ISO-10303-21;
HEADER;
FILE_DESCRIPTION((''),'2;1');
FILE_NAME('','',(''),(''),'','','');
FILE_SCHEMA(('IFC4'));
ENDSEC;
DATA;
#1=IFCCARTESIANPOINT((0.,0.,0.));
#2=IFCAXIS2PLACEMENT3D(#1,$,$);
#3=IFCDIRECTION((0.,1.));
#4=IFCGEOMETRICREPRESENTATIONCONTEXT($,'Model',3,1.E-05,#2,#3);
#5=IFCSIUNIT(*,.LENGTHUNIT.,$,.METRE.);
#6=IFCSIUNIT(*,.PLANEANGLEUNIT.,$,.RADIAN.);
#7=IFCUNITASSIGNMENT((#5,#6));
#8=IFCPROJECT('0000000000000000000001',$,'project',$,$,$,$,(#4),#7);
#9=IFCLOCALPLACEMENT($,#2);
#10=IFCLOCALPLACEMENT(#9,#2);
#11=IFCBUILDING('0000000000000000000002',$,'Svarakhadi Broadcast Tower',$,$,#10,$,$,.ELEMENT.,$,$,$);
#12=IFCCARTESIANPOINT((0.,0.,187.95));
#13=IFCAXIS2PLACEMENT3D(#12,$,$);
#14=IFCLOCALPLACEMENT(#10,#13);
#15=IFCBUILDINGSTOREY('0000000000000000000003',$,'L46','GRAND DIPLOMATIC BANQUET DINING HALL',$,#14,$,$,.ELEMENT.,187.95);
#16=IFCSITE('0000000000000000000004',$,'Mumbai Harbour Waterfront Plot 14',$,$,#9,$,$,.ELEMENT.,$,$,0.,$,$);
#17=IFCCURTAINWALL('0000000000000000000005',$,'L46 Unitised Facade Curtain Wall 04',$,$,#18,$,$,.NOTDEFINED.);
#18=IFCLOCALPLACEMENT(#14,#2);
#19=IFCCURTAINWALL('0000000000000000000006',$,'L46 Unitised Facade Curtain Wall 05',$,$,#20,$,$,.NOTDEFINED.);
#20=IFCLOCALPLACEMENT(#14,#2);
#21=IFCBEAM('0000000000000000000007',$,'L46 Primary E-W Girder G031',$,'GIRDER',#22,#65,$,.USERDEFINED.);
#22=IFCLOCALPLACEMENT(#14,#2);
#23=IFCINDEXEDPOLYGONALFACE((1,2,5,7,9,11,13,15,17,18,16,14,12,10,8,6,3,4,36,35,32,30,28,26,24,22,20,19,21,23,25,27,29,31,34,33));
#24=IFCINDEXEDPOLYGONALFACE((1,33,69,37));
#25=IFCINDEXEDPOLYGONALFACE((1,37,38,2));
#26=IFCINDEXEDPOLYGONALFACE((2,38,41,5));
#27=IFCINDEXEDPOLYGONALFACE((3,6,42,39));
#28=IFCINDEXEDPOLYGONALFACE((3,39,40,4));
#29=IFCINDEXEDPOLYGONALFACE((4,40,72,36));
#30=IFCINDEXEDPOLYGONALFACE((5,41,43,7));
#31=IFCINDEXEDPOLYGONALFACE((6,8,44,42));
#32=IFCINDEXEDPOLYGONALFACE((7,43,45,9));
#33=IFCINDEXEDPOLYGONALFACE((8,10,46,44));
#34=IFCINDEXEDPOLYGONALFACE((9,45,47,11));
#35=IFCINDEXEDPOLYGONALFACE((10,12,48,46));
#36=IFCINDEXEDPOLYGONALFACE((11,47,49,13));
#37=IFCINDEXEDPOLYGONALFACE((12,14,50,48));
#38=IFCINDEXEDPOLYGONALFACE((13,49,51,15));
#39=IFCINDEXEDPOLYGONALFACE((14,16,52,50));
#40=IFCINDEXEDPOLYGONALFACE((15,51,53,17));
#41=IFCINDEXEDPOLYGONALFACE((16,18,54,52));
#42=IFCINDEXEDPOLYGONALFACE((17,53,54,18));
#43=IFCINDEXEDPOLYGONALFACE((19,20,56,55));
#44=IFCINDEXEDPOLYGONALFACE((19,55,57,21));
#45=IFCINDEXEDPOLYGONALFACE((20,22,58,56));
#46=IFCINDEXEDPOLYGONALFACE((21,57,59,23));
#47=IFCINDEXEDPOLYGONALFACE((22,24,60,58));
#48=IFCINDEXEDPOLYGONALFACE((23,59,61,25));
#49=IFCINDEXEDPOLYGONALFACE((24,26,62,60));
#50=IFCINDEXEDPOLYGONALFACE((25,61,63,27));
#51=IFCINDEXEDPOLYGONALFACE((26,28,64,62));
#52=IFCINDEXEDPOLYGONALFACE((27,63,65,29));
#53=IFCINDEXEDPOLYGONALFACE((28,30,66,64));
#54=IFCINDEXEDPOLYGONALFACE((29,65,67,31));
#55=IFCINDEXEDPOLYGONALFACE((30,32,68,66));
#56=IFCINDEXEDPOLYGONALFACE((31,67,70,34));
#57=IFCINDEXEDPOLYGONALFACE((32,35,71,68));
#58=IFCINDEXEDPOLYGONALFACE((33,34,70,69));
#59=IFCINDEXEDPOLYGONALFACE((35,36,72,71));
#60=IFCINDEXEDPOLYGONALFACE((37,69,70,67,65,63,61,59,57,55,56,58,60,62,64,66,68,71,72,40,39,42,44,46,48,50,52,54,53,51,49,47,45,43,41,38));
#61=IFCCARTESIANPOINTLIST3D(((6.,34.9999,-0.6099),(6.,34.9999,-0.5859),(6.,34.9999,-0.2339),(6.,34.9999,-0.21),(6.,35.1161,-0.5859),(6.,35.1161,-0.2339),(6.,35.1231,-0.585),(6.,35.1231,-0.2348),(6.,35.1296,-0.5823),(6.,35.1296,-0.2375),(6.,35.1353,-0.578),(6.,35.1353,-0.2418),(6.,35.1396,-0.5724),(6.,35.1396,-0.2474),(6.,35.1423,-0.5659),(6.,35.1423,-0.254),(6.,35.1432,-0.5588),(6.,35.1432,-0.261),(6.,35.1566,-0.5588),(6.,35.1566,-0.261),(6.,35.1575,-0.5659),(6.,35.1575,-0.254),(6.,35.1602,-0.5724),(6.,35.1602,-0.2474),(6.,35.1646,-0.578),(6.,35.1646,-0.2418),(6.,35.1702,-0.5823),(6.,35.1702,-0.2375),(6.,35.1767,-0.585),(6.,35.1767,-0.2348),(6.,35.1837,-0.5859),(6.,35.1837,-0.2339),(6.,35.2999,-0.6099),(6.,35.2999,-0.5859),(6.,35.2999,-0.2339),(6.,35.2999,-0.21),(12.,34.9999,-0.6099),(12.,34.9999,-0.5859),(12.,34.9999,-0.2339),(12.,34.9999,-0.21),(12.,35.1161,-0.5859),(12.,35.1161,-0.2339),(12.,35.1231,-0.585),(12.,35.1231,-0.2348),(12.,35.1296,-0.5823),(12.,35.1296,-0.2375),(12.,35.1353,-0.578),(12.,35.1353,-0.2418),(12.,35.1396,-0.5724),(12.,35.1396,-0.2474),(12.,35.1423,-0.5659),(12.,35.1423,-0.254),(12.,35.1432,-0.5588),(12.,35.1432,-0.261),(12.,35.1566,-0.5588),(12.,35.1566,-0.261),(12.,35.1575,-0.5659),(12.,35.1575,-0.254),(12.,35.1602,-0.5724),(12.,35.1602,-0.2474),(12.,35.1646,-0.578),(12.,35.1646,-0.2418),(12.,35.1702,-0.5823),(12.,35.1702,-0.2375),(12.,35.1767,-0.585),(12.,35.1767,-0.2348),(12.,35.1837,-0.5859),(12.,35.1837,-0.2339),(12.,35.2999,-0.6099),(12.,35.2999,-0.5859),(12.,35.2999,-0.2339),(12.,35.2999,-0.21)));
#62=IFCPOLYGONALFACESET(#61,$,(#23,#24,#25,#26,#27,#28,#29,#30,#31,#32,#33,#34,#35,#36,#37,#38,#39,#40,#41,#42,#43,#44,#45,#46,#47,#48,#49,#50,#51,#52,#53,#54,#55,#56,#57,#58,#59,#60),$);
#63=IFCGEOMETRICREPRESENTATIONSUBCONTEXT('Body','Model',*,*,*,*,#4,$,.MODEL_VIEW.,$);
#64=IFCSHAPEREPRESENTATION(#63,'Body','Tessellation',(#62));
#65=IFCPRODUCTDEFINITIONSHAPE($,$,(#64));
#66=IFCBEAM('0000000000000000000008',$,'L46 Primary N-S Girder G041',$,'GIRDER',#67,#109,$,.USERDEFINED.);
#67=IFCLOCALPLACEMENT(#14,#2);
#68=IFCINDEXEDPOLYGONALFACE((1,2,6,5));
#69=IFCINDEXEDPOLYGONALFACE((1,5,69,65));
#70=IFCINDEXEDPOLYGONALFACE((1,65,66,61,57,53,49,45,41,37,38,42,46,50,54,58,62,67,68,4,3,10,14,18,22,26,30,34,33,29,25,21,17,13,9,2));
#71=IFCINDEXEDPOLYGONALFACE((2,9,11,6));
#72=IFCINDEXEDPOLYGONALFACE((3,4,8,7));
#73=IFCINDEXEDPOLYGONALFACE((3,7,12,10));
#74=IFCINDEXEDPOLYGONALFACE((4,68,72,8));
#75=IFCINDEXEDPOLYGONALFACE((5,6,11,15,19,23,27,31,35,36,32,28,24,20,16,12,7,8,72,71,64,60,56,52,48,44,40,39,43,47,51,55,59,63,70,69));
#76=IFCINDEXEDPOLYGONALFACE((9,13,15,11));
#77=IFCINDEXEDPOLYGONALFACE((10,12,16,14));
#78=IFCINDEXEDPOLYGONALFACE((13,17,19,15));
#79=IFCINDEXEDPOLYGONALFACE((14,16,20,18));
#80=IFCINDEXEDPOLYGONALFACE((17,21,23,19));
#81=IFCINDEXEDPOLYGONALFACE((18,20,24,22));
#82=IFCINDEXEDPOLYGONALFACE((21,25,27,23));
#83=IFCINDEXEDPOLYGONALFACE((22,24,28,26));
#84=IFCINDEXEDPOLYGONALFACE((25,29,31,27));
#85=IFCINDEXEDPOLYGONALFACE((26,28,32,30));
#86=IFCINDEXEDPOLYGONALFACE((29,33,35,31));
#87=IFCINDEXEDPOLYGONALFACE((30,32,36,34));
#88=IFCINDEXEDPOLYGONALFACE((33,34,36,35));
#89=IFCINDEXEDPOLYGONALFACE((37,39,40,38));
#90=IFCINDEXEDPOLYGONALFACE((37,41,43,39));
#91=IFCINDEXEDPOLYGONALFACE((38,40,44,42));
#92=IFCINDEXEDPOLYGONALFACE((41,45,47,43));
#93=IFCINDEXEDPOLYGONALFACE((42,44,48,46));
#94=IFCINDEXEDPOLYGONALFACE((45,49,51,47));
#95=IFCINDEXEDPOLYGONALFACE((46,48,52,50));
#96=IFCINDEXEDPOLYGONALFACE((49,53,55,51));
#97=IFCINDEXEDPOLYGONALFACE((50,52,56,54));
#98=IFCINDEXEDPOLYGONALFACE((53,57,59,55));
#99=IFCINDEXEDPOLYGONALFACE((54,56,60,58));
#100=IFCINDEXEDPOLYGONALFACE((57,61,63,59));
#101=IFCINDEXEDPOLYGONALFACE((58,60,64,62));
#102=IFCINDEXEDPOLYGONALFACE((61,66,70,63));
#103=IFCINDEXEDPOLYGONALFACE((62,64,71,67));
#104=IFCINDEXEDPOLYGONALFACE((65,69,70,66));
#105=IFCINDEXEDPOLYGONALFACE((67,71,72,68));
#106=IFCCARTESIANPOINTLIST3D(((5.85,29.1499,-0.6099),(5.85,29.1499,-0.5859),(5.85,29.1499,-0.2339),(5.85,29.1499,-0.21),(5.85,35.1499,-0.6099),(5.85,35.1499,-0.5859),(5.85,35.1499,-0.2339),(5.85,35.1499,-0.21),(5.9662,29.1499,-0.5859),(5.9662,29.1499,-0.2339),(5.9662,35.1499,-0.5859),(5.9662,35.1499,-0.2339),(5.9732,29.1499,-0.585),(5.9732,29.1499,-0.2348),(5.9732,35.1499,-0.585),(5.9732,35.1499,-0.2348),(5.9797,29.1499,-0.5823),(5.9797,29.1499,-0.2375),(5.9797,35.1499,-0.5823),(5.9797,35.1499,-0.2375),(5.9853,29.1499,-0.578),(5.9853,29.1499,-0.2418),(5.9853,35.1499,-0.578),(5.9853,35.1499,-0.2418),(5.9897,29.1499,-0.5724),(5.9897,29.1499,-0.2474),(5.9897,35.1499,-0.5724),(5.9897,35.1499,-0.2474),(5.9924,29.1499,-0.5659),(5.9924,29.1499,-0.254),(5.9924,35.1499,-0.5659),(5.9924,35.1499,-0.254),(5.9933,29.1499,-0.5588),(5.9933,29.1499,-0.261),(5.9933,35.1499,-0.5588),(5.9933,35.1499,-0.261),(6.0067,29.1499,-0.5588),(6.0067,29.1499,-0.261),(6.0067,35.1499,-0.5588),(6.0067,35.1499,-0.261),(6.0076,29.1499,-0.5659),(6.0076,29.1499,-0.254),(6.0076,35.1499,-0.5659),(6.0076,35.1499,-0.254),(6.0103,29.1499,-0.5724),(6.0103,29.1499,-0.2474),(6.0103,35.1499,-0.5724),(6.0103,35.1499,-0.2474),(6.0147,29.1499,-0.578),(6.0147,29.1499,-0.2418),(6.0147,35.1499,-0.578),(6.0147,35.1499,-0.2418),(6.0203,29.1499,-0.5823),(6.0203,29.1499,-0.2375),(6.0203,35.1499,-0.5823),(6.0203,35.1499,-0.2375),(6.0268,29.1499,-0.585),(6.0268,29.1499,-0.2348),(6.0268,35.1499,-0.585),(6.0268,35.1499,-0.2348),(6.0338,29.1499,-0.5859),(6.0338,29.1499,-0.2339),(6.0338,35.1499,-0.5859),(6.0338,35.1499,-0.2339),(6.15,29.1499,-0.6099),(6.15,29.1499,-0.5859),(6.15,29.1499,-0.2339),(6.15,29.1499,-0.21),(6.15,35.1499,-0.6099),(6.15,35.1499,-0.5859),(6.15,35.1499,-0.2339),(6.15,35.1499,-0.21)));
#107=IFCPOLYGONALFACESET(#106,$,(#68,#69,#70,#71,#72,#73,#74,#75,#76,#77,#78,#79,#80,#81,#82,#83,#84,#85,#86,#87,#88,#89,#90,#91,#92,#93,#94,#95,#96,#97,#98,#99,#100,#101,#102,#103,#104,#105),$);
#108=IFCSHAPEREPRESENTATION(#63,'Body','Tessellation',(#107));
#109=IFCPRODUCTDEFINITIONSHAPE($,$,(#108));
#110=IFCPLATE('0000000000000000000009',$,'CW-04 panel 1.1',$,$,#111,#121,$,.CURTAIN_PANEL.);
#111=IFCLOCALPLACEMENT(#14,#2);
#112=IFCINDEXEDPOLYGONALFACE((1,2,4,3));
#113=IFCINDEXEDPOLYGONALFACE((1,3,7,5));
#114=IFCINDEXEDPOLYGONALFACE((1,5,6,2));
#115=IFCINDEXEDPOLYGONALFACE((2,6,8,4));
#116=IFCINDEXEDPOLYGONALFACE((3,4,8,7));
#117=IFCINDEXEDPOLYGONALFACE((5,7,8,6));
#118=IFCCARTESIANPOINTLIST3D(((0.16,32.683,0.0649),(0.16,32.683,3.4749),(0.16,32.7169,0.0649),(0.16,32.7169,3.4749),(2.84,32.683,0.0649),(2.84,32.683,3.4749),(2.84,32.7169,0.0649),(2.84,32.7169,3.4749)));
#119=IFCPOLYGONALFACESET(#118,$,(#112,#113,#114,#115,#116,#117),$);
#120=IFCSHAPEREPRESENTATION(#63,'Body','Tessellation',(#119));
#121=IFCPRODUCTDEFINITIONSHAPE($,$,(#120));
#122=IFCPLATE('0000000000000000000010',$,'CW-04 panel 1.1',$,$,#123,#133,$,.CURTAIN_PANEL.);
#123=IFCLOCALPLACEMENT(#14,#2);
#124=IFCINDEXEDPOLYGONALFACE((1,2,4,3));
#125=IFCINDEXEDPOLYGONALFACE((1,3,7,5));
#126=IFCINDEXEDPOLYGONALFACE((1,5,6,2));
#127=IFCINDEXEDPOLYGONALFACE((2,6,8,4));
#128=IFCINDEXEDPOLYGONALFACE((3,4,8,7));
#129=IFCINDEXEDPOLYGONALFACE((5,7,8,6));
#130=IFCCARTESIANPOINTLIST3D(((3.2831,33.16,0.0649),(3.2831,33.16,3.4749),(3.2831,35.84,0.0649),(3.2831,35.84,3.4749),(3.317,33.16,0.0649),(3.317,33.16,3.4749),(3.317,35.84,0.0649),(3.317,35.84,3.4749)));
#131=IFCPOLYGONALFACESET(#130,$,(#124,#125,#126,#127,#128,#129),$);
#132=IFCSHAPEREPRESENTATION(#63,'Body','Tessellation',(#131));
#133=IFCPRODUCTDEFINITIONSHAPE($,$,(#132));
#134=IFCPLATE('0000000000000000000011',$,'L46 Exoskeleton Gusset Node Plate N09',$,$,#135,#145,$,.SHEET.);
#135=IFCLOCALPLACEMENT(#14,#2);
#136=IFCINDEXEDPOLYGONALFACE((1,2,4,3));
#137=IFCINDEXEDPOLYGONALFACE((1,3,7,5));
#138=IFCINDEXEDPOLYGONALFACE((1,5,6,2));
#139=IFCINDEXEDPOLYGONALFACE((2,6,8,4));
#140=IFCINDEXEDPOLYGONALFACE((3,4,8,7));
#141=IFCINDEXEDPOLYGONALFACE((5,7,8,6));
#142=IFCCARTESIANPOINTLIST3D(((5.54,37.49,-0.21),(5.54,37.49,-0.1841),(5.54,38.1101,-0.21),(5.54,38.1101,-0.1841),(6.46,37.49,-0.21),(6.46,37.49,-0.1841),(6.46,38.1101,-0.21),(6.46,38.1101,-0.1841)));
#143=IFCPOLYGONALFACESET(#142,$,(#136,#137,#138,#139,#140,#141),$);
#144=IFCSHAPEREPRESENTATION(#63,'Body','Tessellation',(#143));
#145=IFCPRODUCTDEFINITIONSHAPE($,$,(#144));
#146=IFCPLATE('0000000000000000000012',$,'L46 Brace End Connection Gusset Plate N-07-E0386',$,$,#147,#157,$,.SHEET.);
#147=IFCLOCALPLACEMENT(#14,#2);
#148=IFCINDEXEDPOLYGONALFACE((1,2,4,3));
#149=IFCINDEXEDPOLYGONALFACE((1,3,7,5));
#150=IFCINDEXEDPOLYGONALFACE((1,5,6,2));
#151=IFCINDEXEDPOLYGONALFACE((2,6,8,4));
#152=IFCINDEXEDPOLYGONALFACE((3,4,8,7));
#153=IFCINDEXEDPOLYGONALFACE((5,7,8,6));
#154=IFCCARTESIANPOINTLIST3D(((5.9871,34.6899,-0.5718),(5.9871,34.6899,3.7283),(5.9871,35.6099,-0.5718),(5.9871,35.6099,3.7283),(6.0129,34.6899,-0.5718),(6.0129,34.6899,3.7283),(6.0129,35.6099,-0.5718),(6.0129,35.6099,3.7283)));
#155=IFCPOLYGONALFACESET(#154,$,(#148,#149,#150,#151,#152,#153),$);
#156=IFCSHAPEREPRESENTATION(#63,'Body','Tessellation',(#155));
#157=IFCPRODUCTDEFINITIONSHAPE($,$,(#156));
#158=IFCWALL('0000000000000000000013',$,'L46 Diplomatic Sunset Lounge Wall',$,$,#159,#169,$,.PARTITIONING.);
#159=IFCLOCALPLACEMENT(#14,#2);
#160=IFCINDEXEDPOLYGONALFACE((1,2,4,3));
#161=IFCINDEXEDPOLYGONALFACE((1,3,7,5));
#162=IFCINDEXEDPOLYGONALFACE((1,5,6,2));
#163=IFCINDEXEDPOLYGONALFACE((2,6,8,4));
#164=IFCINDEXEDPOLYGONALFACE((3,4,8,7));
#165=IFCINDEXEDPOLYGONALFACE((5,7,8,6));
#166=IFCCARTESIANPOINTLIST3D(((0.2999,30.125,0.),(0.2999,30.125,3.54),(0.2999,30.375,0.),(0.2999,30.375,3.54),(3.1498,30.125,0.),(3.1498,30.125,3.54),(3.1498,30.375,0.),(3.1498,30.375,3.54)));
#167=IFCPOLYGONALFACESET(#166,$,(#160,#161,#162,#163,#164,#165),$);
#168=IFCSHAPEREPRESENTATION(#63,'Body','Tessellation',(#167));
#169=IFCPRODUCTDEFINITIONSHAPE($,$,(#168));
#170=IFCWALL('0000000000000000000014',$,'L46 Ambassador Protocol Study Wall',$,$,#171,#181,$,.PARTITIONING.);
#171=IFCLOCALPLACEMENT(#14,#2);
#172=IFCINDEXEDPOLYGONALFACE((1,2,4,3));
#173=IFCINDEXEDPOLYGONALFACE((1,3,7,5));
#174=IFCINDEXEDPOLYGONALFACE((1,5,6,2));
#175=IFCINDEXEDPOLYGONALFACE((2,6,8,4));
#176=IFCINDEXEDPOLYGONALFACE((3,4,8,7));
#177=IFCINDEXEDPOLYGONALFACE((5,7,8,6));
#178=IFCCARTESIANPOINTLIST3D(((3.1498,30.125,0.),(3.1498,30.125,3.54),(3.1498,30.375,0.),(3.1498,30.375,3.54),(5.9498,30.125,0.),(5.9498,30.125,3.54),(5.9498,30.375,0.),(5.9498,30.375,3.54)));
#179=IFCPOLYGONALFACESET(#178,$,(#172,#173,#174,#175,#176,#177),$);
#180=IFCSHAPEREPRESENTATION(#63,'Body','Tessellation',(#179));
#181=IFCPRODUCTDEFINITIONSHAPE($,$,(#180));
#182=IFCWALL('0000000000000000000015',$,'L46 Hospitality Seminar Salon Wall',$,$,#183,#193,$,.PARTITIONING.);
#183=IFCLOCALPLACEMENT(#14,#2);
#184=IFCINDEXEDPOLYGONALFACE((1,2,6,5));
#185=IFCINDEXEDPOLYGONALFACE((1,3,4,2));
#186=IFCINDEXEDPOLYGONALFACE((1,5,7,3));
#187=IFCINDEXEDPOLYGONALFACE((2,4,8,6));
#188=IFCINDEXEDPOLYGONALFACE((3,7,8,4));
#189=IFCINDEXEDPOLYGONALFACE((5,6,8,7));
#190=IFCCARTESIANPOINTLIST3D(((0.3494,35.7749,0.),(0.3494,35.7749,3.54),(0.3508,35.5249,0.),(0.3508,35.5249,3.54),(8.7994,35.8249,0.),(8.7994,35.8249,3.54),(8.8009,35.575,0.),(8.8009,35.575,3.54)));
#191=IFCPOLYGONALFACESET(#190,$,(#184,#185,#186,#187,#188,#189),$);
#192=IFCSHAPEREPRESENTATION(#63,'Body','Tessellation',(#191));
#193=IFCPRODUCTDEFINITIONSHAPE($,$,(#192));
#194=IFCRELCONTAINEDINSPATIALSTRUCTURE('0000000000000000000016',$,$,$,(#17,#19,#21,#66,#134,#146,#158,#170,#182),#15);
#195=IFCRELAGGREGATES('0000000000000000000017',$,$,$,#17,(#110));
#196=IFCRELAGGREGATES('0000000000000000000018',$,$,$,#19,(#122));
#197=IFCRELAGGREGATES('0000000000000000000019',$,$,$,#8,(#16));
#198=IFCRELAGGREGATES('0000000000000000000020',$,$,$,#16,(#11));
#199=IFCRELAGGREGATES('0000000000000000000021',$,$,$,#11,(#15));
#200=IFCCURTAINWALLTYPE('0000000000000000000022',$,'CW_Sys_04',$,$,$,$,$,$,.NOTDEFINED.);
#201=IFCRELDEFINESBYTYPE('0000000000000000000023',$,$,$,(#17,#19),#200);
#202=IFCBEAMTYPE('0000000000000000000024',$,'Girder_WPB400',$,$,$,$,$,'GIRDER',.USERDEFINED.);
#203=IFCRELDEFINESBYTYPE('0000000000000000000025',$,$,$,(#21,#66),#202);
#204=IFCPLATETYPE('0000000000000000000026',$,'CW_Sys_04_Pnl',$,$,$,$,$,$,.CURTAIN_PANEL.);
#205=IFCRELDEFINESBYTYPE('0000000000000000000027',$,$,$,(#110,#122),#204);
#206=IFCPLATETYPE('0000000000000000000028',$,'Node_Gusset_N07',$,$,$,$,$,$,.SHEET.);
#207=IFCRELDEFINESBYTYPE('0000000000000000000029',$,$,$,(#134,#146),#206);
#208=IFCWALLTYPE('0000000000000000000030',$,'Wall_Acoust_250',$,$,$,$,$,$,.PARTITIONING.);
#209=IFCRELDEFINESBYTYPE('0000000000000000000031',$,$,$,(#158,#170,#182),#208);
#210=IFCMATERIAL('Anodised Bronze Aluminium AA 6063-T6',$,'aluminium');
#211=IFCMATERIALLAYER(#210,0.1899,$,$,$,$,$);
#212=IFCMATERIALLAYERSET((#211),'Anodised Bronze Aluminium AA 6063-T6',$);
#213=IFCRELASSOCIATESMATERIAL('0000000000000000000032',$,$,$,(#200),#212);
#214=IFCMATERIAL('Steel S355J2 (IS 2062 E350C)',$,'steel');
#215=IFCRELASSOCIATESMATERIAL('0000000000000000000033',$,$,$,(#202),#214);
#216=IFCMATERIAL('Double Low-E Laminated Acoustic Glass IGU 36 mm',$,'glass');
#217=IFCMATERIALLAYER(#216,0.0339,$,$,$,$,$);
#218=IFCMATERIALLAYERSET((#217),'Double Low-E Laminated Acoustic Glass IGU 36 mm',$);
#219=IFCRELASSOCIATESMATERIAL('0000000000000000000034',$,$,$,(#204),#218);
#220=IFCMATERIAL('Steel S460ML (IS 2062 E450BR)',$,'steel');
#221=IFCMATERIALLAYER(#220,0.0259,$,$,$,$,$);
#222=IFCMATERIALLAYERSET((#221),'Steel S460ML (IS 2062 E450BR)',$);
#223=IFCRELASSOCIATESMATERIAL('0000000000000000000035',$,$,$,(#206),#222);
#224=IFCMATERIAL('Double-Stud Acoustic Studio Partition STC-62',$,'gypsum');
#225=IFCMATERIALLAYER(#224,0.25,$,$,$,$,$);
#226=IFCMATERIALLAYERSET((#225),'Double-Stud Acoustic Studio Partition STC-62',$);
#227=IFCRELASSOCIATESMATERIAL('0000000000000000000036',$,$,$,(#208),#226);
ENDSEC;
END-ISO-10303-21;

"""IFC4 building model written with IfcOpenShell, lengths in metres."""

from ifc_helpers import new_model, si_unit, direction, frame, frame_2d, origin, origin_2d, place, context, subcontext, project, spatial, rectangle, i_section, extrude, material, layer, layer_set, material_profile, profile_set, type_object, element, aggregate, save


model = new_model("IFC4")

# Units and contexts
model_context = context("Model", 3, precision=1e-05, world=origin(), true_north=direction((0.0, 1.0)))
body_context = subcontext(model_context, "Body", "Model", "MODEL_VIEW")
ifc_project = project(units=[si_unit("LENGTHUNIT", "METRE"), si_unit("PLANEANGLEUNIT", "RADIAN")], contexts=[model_context])

# Site, building, storey
site_placement = place(None, origin())
site = spatial("IfcSite", under=ifc_project, at=site_placement, Name="Mumbai Harbour Waterfront Plot 14", CompositionType="ELEMENT", RefElevation=0.0)
building_placement = place(site_placement, origin())
building = spatial("IfcBuilding", under=site, at=building_placement, Name="Svarakhadi Broadcast Tower", CompositionType="ELEMENT")
storey_placement = place(building_placement, frame((0.0, 0.0, 187.95)))
storey = spatial("IfcBuildingStorey", under=building, at=storey_placement, Name="L46", Description="GRAND DIPLOMATIC BANQUET DINING HALL", CompositionType="ELEMENT", Elevation=187.95)

# Shared definitions
ifc_material_1 = material(Name="Steel S460ML (IS 2062 E450BR)", Category="steel")

# Shared definitions
ifc_material_2 = material(Name="Steel S355J2 (IS 2062 E350C)", Category="steel")

# Shared definitions
ifc_material_3 = material(Name="Anodised Bronze Aluminium AA 6063-T6", Category="aluminium")
ifc_layer_1 = layer(ifc_material_3, 0.1899)
ifc_layer_set_1 = layer_set([ifc_layer_1], Name="Anodised Bronze Aluminium AA 6063-T6")
curtain_wall_type = type_object("IfcCurtainWallType", Name="CW_Sys_04", PredefinedType="NOTDEFINED", material=ifc_layer_set_1)

# Curtain walls
curtain_wall_1_placement = place(storey_placement, origin())
curtain_wall_1 = element("IfcCurtainWall", 1, at=curtain_wall_1_placement, inside=storey, type_object=curtain_wall_type, Name="L46 Unitised Facade Curtain Wall 04", PredefinedType="NOTDEFINED")
curtain_wall_2_placement = place(storey_placement, origin())
curtain_wall_2 = element("IfcCurtainWall", 2, at=curtain_wall_2_placement, inside=storey, type_object=curtain_wall_type, Name="L46 Unitised Facade Curtain Wall 05", PredefinedType="NOTDEFINED")

# Beams
ifc_material_profile_1 = material_profile(ifc_material_2, i_section(OverallWidth=0.3, OverallDepth=0.3999, WebThickness=0.0134, FlangeThickness=0.0239, FilletRadius=0.0271, at=origin_2d()), Name="WPB 400x300x155")
ifc_profile_set_1 = profile_set([ifc_material_profile_1], Name="Steel S355J2 (IS 2062 E350C)")
beam_type_1 = type_object("IfcBeamType", Name="Girder_WPB400", ElementType="GIRDER", PredefinedType="USERDEFINED", material=ifc_profile_set_1)
for number, where, z_axis, x_axis, name in (
    (3, (6.0, 35.1499, -0.4099), (1.0, 0.0, 0.0), (0.0, 1.0, 0.0), "L46 Primary E-W Girder G031"),
    (4, (6.0, 29.1499, -0.4099), (0.0, 1.0, 0.0), (-1.0, 0.0, 0.0), "L46 Primary N-S Girder G041"),
):
    element("IfcBeam", number, at=place(storey_placement, frame(where, z_axis=z_axis, x_axis=x_axis)), inside=storey, type_object=beam_type_1, Name=name, ObjectType="GIRDER", PredefinedType="USERDEFINED", context=body_context, shape_type="SweptSolid", body=[
        extrude(i_section(OverallWidth=0.3, OverallDepth=0.3999, WebThickness=0.0134, FlangeThickness=0.0239, FilletRadius=0.0271, at=origin_2d()), origin(), (0.0, 0.0, 1.0), 6.0),
    ])

# Plates
ifc_material_4 = material(Name="Double Low-E Laminated Acoustic Glass IGU 36 mm", Category="glass")
ifc_layer_2 = layer(ifc_material_4, 0.0339)
ifc_layer_set_2 = layer_set([ifc_layer_2], Name="Double Low-E Laminated Acoustic Glass IGU 36 mm")
plate_type_1 = type_object("IfcPlateType", Name="CW_Sys_04_Pnl", PredefinedType="CURTAIN_PANEL", material=ifc_layer_set_2)
plate_1_placement = place(storey_placement, frame((1.5, 32.7, 0.0649), z_axis=(0.0, 0.0, 1.0), x_axis=(1.0, 0.0, 0.0)))
plate_1 = element("IfcPlate", 5, at=plate_1_placement, type_object=plate_type_1, Name="CW-04 panel 1.1", PredefinedType="CURTAIN_PANEL", context=body_context, shape_type="SweptSolid", body=[
    extrude(rectangle(XDim=2.6799, YDim=0.0339, at=origin_2d()), origin(), (0.0, 0.0, 1.0), 3.4099),
])
aggregate(curtain_wall_1, [plate_1])
plate_2_placement = place(storey_placement, frame((3.3, 34.5, 0.0649), z_axis=(0.0, 0.0, 1.0), x_axis=(0.0, 1.0, 0.0)))
plate_2 = element("IfcPlate", 6, at=plate_2_placement, type_object=plate_type_1, Name="CW-04 panel 1.1", PredefinedType="CURTAIN_PANEL", context=body_context, shape_type="SweptSolid", body=[
    extrude(rectangle(XDim=2.6799, YDim=0.0339, at=origin_2d()), origin(), (0.0, 0.0, 1.0), 3.4099),
])
aggregate(curtain_wall_2, [plate_2])

# Plates
ifc_layer_3 = layer(ifc_material_1, 0.0259)
ifc_layer_set_3 = layer_set([ifc_layer_3], Name="Steel S460ML (IS 2062 E450BR)")
plate_type_2 = type_object("IfcPlateType", Name="Node_Gusset_N07", PredefinedType="SHEET", material=ifc_layer_set_3)
plate_3_placement = place(storey_placement, frame((6.0, 37.8, -0.21), z_axis=(0.0, 0.0, 1.0), x_axis=(1.0, 0.0, 0.0)))
element("IfcPlate", 7, at=plate_3_placement, inside=storey, type_object=plate_type_2, Name="L46 Exoskeleton Gusset Node Plate N09", PredefinedType="SHEET", context=body_context, shape_type="SweptSolid", body=[
    extrude(rectangle(XDim=0.9199, YDim=0.6201, at=origin_2d()), origin(), (0.0, 0.0, 1.0), 0.0259),
])
plate_4_placement = place(storey_placement, frame((6.0, 35.1499, -0.5718), z_axis=(0.0, 0.0, 1.0), x_axis=(0.0, 1.0, 0.0)))
element("IfcPlate", 8, at=plate_4_placement, inside=storey, type_object=plate_type_2, Name="L46 Brace End Connection Gusset Plate N-07-E0386", PredefinedType="SHEET", context=body_context, shape_type="SweptSolid", body=[
    extrude(rectangle(XDim=0.9199, YDim=0.0259, at=origin_2d()), origin(), (0.0, 0.0, 1.0), 4.3),
])

# Walls
ifc_material_5 = material(Name="Double-Stud Acoustic Studio Partition STC-62", Category="gypsum")
ifc_layer_4 = layer(ifc_material_5, 0.25)
ifc_layer_set_4 = layer_set([ifc_layer_4], Name="Double-Stud Acoustic Studio Partition STC-62")
wall_type = type_object("IfcWallType", Name="Wall_Acoust_250", PredefinedType="PARTITIONING", material=ifc_layer_set_4)
wall_1_placement = place(storey_placement, frame((0.3, 30.25, 0.0), z_axis=(0.0, 0.0, 1.0), x_axis=(1.0, 0.0, 0.0)))
element("IfcWall", 9, at=wall_1_placement, inside=storey, type_object=wall_type, Name="L46 Diplomatic Sunset Lounge Wall", PredefinedType="PARTITIONING", context=body_context, shape_type="SweptSolid", body=[
    extrude(rectangle(XDim=2.8499, YDim=0.25, at=frame_2d((1.4248, 0.0))), origin(), (0.0, 0.0, 1.0), 3.54),
])
wall_2_placement = place(storey_placement, frame((3.1499, 30.25, 0.0), z_axis=(0.0, 0.0, 1.0), x_axis=(1.0, 0.0, 0.0)))
element("IfcWall", 10, at=wall_2_placement, inside=storey, type_object=wall_type, Name="L46 Ambassador Protocol Study Wall", PredefinedType="PARTITIONING", context=body_context, shape_type="SweptSolid", body=[
    extrude(rectangle(XDim=2.8, YDim=0.25, at=frame_2d((1.3999, 0.0))), origin(), (0.0, 0.0, 1.0), 3.54),
])
wall_3_placement = place(storey_placement, frame((0.3501, 35.6499, 0.0), z_axis=(0.0, 0.0, 1.0), x_axis=(0.999982, 0.005923, 0.0)))
element("IfcWall", 11, at=wall_3_placement, inside=storey, type_object=wall_type, Name="L46 Hospitality Seminar Salon Wall", PredefinedType="PARTITIONING", context=body_context, shape_type="SweptSolid", body=[
    extrude(rectangle(XDim=8.4502, YDim=0.25, at=frame_2d((4.2251, 0.0))), origin(), (0.0, 0.0, 1.0), 3.54),
])

save(model, "model.ifc")
